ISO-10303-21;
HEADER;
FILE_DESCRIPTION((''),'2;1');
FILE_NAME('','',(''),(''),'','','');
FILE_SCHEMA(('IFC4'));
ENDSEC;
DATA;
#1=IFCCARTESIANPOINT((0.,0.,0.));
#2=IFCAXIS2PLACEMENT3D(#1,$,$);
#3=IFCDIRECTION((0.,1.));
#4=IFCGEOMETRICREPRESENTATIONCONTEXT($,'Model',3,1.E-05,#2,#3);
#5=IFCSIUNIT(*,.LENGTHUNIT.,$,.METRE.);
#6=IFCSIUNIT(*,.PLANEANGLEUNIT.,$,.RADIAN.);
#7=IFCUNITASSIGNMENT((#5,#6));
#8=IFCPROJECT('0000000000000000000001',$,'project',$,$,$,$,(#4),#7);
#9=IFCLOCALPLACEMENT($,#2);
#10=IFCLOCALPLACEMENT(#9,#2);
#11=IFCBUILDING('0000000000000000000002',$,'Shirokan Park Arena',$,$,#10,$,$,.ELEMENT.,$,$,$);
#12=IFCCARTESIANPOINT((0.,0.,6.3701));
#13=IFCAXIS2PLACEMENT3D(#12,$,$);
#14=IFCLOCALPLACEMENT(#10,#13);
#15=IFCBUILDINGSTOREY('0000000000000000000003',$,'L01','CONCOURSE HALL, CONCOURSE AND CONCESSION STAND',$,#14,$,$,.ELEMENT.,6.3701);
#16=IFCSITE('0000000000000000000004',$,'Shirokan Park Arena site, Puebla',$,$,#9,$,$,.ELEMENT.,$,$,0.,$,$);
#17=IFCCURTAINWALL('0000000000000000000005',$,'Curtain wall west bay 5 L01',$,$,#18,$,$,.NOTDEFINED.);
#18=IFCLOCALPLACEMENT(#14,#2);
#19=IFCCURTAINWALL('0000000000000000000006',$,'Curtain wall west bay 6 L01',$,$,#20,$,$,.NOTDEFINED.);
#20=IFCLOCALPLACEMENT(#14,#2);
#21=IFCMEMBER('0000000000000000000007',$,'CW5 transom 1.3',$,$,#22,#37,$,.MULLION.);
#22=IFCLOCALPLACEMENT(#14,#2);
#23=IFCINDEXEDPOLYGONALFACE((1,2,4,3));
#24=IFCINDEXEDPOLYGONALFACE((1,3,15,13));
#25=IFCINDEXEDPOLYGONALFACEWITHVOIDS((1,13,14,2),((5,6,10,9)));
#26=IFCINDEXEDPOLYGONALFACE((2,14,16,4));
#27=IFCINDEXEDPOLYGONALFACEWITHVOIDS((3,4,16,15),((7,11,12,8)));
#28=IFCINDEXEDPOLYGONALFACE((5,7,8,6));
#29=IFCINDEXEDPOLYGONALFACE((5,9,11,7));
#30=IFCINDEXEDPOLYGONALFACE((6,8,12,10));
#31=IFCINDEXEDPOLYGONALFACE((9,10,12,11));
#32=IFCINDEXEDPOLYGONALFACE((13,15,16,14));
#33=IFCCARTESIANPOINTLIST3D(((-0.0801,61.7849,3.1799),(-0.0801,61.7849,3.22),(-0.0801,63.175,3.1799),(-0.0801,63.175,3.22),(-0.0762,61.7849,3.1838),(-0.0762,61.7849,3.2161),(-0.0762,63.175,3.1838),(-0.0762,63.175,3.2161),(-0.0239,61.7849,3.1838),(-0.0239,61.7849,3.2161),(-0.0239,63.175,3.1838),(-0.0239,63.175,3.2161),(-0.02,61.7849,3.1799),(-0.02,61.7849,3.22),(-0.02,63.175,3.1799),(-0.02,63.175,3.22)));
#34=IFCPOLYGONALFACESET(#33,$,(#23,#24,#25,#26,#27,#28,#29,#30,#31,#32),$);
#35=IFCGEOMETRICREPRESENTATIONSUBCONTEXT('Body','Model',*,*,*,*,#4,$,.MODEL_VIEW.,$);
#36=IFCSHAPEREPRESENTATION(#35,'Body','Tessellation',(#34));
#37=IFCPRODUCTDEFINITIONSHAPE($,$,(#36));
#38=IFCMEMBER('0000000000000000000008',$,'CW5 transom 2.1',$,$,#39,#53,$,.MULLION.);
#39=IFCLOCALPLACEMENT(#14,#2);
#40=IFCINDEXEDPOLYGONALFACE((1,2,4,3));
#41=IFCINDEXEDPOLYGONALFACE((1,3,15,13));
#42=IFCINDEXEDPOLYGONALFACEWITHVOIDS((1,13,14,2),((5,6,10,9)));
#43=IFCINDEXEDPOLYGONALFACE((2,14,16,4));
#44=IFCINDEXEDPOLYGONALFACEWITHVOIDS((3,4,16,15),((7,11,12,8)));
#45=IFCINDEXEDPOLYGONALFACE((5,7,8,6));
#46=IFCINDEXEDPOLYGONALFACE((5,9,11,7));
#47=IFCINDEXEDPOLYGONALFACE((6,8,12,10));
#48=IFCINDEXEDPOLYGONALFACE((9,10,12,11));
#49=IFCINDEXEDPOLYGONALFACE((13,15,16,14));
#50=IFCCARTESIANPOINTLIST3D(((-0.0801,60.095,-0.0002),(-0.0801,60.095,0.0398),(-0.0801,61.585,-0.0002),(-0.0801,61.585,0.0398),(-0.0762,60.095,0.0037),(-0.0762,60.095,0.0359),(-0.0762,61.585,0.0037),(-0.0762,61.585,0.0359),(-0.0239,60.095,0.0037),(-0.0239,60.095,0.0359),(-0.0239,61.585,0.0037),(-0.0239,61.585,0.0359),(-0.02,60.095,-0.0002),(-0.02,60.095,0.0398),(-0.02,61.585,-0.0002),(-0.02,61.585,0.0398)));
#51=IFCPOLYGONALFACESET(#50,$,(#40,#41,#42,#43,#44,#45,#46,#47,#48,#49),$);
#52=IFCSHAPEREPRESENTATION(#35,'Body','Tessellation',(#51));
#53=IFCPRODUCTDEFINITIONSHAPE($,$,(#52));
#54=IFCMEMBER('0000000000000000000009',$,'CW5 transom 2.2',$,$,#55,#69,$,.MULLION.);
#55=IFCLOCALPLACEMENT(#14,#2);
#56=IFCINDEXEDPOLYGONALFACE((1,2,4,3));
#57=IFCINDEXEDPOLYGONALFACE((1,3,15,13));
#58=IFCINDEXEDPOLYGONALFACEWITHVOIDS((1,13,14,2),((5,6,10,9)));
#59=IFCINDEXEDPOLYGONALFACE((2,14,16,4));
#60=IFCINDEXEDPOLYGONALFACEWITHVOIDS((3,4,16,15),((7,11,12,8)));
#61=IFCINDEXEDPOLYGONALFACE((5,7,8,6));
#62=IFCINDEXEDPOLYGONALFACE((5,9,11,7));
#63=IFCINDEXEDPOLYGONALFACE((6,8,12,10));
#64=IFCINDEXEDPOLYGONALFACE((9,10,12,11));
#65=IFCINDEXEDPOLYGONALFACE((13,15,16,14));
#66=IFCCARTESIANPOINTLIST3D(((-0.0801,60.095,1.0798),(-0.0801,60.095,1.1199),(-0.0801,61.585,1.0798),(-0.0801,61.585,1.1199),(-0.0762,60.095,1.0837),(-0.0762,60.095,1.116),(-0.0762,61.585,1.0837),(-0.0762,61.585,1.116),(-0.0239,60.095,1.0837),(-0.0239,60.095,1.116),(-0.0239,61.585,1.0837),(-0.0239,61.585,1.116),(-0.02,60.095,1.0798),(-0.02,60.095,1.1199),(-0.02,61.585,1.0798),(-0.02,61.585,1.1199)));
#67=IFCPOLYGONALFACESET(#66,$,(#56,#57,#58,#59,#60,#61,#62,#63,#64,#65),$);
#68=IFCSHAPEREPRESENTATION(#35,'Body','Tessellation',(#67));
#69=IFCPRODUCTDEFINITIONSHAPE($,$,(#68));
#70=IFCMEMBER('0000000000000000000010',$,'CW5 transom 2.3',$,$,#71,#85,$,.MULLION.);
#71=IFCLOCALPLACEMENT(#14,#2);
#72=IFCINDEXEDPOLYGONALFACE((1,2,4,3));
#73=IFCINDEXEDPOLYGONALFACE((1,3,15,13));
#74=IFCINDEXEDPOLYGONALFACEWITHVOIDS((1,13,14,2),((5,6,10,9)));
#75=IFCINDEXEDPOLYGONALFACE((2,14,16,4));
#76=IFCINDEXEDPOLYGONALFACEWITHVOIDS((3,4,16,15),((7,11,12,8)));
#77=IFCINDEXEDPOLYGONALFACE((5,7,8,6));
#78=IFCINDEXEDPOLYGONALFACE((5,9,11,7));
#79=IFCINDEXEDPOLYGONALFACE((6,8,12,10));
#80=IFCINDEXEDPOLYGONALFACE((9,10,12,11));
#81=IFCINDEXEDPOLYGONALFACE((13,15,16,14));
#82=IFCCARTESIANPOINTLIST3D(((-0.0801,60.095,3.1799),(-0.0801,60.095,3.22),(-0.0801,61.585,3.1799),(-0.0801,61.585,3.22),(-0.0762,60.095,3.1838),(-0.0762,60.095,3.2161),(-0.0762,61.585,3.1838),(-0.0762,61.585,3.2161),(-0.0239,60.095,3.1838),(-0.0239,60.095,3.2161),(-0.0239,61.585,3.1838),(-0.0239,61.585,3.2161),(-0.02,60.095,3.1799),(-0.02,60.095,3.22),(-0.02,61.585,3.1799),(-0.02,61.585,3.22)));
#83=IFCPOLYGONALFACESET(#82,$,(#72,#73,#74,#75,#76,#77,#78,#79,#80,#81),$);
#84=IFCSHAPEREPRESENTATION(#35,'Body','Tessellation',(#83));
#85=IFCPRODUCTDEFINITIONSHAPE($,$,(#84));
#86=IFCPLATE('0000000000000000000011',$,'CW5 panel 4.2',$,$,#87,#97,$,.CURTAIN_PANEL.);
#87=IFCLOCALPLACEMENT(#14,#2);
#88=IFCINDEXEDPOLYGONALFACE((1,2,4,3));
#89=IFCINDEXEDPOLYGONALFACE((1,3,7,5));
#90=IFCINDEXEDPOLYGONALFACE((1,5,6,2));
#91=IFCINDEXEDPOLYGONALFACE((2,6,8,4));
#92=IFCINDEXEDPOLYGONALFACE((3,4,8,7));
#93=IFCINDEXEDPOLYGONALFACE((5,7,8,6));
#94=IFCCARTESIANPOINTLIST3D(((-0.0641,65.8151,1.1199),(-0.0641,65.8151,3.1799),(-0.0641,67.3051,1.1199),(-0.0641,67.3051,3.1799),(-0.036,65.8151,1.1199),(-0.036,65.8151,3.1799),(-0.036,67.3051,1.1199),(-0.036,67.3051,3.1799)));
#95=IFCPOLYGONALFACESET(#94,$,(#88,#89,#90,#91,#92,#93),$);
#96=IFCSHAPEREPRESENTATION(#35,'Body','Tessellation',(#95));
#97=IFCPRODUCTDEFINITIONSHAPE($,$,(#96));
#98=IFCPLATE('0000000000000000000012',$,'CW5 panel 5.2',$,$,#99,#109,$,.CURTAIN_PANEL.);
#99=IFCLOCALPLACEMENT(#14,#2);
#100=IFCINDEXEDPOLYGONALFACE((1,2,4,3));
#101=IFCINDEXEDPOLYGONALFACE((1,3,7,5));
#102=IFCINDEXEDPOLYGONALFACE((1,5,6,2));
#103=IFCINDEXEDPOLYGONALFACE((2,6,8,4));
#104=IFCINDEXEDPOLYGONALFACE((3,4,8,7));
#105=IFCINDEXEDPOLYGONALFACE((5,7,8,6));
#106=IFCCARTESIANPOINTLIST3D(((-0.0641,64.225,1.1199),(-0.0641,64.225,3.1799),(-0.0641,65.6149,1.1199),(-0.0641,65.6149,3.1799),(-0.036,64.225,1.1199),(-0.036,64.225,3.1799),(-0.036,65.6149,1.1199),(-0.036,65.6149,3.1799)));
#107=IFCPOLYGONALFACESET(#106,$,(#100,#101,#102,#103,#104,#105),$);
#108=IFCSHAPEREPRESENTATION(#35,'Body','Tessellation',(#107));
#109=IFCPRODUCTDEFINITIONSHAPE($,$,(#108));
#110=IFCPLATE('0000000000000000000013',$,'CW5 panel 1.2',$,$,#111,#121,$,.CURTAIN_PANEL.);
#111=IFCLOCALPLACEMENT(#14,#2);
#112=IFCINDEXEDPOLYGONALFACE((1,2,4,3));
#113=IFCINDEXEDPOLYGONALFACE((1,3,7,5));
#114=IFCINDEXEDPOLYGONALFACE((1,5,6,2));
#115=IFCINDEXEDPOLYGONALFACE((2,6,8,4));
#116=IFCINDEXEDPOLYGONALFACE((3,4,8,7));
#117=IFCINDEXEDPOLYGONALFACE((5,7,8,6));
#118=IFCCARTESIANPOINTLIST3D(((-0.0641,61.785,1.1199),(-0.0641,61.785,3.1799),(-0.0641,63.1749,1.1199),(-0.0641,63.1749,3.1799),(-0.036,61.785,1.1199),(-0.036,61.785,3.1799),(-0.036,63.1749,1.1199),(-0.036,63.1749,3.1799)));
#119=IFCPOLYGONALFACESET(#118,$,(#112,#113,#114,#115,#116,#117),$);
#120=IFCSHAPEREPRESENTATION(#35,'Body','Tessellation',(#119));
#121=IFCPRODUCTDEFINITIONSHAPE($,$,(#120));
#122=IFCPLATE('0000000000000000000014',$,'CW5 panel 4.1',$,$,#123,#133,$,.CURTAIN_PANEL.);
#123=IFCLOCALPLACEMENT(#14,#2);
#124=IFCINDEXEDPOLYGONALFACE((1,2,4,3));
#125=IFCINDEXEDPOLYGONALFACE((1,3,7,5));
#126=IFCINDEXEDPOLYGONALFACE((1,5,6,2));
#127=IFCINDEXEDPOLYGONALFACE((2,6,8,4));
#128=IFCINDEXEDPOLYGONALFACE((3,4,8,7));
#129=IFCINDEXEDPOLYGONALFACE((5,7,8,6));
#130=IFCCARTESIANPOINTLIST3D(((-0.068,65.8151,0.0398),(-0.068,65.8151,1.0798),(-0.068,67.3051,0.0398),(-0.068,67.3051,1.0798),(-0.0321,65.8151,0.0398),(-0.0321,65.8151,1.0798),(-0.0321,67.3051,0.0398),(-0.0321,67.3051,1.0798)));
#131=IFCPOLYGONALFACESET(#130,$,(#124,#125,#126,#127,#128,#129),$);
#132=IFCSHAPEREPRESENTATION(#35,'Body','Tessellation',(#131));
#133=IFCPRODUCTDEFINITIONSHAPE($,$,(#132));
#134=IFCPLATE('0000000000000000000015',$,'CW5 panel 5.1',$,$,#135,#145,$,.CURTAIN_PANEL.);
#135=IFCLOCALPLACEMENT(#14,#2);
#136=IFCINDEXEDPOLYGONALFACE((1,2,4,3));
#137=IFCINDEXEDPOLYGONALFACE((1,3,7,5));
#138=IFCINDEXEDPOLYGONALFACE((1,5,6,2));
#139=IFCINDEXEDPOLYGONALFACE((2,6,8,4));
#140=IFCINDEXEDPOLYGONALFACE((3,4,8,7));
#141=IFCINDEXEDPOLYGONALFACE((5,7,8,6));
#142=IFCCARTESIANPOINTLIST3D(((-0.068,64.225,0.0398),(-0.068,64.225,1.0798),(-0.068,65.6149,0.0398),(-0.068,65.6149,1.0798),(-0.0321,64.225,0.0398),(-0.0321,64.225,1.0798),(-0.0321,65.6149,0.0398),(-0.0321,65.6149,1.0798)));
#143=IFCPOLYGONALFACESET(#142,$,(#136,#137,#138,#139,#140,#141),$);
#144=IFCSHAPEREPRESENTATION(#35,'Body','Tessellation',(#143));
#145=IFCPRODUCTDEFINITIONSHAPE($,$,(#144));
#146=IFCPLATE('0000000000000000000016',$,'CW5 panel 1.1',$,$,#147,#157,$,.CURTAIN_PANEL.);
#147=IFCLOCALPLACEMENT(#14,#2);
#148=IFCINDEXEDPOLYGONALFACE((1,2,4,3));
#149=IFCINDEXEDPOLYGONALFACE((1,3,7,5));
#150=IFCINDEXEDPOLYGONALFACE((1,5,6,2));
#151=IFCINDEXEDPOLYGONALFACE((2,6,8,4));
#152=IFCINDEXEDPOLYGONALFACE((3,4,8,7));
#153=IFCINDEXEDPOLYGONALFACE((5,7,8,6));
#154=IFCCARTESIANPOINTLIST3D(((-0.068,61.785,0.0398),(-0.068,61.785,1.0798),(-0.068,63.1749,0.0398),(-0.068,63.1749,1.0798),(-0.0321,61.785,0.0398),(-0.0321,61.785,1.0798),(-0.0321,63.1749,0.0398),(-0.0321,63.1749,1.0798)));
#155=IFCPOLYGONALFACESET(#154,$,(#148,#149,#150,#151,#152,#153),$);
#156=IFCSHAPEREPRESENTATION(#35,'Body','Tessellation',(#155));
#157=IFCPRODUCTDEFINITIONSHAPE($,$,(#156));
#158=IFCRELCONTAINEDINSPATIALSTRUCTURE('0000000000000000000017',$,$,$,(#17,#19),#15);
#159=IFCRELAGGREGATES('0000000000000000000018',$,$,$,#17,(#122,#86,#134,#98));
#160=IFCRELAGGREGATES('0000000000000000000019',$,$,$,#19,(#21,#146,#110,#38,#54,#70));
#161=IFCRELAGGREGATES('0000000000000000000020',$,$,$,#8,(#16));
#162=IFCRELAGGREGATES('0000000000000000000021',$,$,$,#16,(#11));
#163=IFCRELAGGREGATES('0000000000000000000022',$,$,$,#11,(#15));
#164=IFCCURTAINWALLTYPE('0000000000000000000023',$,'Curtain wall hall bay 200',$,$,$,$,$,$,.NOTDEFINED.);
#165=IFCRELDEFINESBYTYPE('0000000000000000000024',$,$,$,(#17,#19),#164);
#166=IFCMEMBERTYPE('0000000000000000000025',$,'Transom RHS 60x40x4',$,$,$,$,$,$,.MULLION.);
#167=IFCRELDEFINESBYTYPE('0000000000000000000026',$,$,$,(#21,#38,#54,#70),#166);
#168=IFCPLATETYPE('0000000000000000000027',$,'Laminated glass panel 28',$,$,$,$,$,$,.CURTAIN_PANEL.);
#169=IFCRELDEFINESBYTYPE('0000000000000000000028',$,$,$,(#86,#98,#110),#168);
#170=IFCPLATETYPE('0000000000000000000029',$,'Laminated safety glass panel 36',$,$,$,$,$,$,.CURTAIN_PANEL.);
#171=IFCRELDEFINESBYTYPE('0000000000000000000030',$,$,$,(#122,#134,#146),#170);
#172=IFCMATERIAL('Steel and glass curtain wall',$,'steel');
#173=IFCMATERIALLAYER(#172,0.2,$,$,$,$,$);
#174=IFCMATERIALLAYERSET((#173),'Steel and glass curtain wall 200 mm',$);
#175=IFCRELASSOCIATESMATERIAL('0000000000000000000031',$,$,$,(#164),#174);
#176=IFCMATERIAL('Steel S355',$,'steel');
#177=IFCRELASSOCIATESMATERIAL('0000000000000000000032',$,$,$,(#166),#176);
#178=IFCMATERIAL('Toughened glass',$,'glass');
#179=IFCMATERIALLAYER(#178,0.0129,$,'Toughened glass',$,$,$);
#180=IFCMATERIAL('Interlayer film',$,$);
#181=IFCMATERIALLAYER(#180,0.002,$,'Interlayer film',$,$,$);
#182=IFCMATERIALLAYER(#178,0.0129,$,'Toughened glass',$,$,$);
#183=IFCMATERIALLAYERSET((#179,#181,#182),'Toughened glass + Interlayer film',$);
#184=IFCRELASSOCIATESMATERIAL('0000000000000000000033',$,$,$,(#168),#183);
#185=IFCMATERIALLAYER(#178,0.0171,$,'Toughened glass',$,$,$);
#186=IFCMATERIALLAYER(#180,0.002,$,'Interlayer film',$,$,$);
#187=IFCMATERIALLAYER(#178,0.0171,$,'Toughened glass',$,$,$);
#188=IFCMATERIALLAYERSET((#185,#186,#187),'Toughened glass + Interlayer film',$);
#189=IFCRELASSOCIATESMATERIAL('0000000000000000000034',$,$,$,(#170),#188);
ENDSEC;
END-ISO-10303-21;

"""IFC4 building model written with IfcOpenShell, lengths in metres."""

from ifc_helpers import new_model, si_unit, direction, frame, origin, origin_2d, place, context, subcontext, project, spatial, rectangle, hollow_rectangle, extrude, material, layer, layer_set, material_profile, profile_set, type_object, element, aggregate, save


model = new_model("IFC4")

# Units and contexts
model_context = context("Model", 3, precision=1e-05, world=origin(), true_north=direction((0.0, 1.0)))
body_context = subcontext(model_context, "Body", "Model", "MODEL_VIEW")
ifc_project = project(units=[si_unit("LENGTHUNIT", "METRE"), si_unit("PLANEANGLEUNIT", "RADIAN")], contexts=[model_context])

# Site, building, storey
site_placement = place(None, origin())
site = spatial("IfcSite", under=ifc_project, at=site_placement, Name="Shirokan Park Arena site, Puebla", CompositionType="ELEMENT", RefElevation=0.0)
building_placement = place(site_placement, origin())
building = spatial("IfcBuilding", under=site, at=building_placement, Name="Shirokan Park Arena", CompositionType="ELEMENT")
storey_placement = place(building_placement, frame((0.0, 0.0, 6.3701)))
storey = spatial("IfcBuildingStorey", under=building, at=storey_placement, Name="L01", Description="CONCOURSE HALL, CONCOURSE AND CONCESSION STAND", CompositionType="ELEMENT", Elevation=6.3701)

# Curtain walls
ifc_material_1 = material(Name="Steel and glass curtain wall", Category="steel")
ifc_layer_1 = layer(ifc_material_1, 0.2)
ifc_layer_set_1 = layer_set([ifc_layer_1], Name="Steel and glass curtain wall 200 mm")
curtain_wall_type = type_object("IfcCurtainWallType", Name="Curtain wall hall bay 200", PredefinedType="NOTDEFINED", material=ifc_layer_set_1)
curtain_wall_1_placement = place(storey_placement, origin())
curtain_wall_1 = element("IfcCurtainWall", 1, at=curtain_wall_1_placement, inside=storey, type_object=curtain_wall_type, Name="Curtain wall west bay 5 L01", PredefinedType="NOTDEFINED")
ifc_material_2 = material(Name="Steel S355", Category="steel")
curtain_wall_2_placement = place(storey_placement, origin())
curtain_wall_2 = element("IfcCurtainWall", 2, at=curtain_wall_2_placement, inside=storey, type_object=curtain_wall_type, Name="Curtain wall west bay 6 L01", PredefinedType="NOTDEFINED")

# Members
ifc_material_profile_1 = material_profile(ifc_material_2, hollow_rectangle(XDim=0.0601, YDim=0.04, WallThickness=0.0039, at=origin_2d()), Name="RHS 60x40x4")
ifc_profile_set_1 = profile_set([ifc_material_profile_1], Name="Steel S355")
member_type_1 = type_object("IfcMemberType", Name="Transom RHS 60x40x4", PredefinedType="MULLION", material=ifc_profile_set_1)
member_1_placement = place(storey_placement, frame((-0.05, 63.175, 3.2), z_axis=(0.0, -1.0, 0.0), x_axis=(1.0, 0.0, 0.0)))
member_1 = element("IfcMember", 3, at=member_1_placement, type_object=member_type_1, Name="CW5 transom 1.3", PredefinedType="MULLION", context=body_context, shape_type="SweptSolid", body=[
    extrude(hollow_rectangle(XDim=0.0601, YDim=0.04, WallThickness=0.0039, at=origin_2d()), origin(), (0.0, 0.0, 1.0), 1.3901),
])
member_2_placement = place(storey_placement, frame((-0.05, 61.585, 0.0198), z_axis=(0.0, -1.0, 0.0), x_axis=(1.0, 0.0, 0.0)))
member_2 = element("IfcMember", 4, at=member_2_placement, type_object=member_type_1, Name="CW5 transom 2.1", PredefinedType="MULLION", context=body_context, shape_type="SweptSolid", body=[
    extrude(hollow_rectangle(XDim=0.0601, YDim=0.04, WallThickness=0.0039, at=origin_2d()), origin(), (0.0, 0.0, 1.0), 1.49),
])
member_3_placement = place(storey_placement, frame((-0.05, 61.585, 1.0999), z_axis=(0.0, -1.0, 0.0), x_axis=(1.0, 0.0, 0.0)))
member_3 = element("IfcMember", 5, at=member_3_placement, type_object=member_type_1, Name="CW5 transom 2.2", PredefinedType="MULLION", context=body_context, shape_type="SweptSolid", body=[
    extrude(hollow_rectangle(XDim=0.0601, YDim=0.04, WallThickness=0.0039, at=origin_2d()), origin(), (0.0, 0.0, 1.0), 1.49),
])
member_4_placement = place(storey_placement, frame((-0.05, 61.585, 3.2), z_axis=(0.0, -1.0, 0.0), x_axis=(1.0, 0.0, 0.0)))
member_4 = element("IfcMember", 6, at=member_4_placement, type_object=member_type_1, Name="CW5 transom 2.3", PredefinedType="MULLION", context=body_context, shape_type="SweptSolid", body=[
    extrude(hollow_rectangle(XDim=0.0601, YDim=0.04, WallThickness=0.0039, at=origin_2d()), origin(), (0.0, 0.0, 1.0), 1.49),
])

# Plates
ifc_material_3 = material(Name="Toughened glass", Category="glass")
ifc_layer_2 = layer(ifc_material_3, 0.0129, Name="Toughened glass")
ifc_material_4 = material(Name="Interlayer film")
ifc_layer_3 = layer(ifc_material_4, 0.002, Name="Interlayer film")
ifc_layer_4 = layer(ifc_material_3, 0.0129, Name="Toughened glass")
ifc_layer_set_2 = layer_set([ifc_layer_2, ifc_layer_3, ifc_layer_4], Name="Toughened glass + Interlayer film")
plate_type_1 = type_object("IfcPlateType", Name="Laminated glass panel 28", PredefinedType="CURTAIN_PANEL", material=ifc_layer_set_2)
plate_1_placement = place(storey_placement, frame((-0.05, 66.5601, 1.1199), z_axis=(0.0, 0.0, 1.0), x_axis=(0.0, -1.0, 0.0)))
plate_1 = element("IfcPlate", 7, at=plate_1_placement, type_object=plate_type_1, Name="CW5 panel 4.2", PredefinedType="CURTAIN_PANEL", context=body_context, shape_type="SweptSolid", body=[
    extrude(rectangle(XDim=1.49, YDim=0.0281, at=origin_2d()), origin(), (0.0, 0.0, 1.0), 2.0601),
])
plate_2_placement = place(storey_placement, frame((-0.05, 64.9199, 1.1199), z_axis=(0.0, 0.0, 1.0), x_axis=(0.0, -1.0, 0.0)))
plate_2 = element("IfcPlate", 8, at=plate_2_placement, type_object=plate_type_1, Name="CW5 panel 5.2", PredefinedType="CURTAIN_PANEL", context=body_context, shape_type="SweptSolid", body=[
    extrude(rectangle(XDim=1.3899, YDim=0.0281, at=origin_2d()), origin(), (0.0, 0.0, 1.0), 2.0601),
])
plate_3_placement = place(storey_placement, frame((-0.05, 62.48, 1.1199), z_axis=(0.0, 0.0, 1.0), x_axis=(0.0, -1.0, 0.0)))
plate_3 = element("IfcPlate", 9, at=plate_3_placement, type_object=plate_type_1, Name="CW5 panel 1.2", PredefinedType="CURTAIN_PANEL", context=body_context, shape_type="SweptSolid", body=[
    extrude(rectangle(XDim=1.3899, YDim=0.0281, at=origin_2d()), origin(), (0.0, 0.0, 1.0), 2.0601),
])
ifc_layer_5 = layer(ifc_material_3, 0.0171, Name="Toughened glass")
ifc_layer_6 = layer(ifc_material_4, 0.002, Name="Interlayer film")
ifc_layer_7 = layer(ifc_material_3, 0.0171, Name="Toughened glass")
ifc_layer_set_3 = layer_set([ifc_layer_5, ifc_layer_6, ifc_layer_7], Name="Toughened glass + Interlayer film")
plate_type_2 = type_object("IfcPlateType", Name="Laminated safety glass panel 36", PredefinedType="CURTAIN_PANEL", material=ifc_layer_set_3)
plate_4_placement = place(storey_placement, frame((-0.05, 66.5601, 0.0398), z_axis=(0.0, 0.0, 1.0), x_axis=(0.0, -1.0, 0.0)))
plate_4 = element("IfcPlate", 10, at=plate_4_placement, type_object=plate_type_2, Name="CW5 panel 4.1", PredefinedType="CURTAIN_PANEL", context=body_context, shape_type="SweptSolid", body=[
    extrude(rectangle(XDim=1.49, YDim=0.0359, at=origin_2d()), origin(), (0.0, 0.0, 1.0), 1.04),
])
plate_5_placement = place(storey_placement, frame((-0.05, 64.9199, 0.0398), z_axis=(0.0, 0.0, 1.0), x_axis=(0.0, -1.0, 0.0)))
plate_5 = element("IfcPlate", 11, at=plate_5_placement, type_object=plate_type_2, Name="CW5 panel 5.1", PredefinedType="CURTAIN_PANEL", context=body_context, shape_type="SweptSolid", body=[
    extrude(rectangle(XDim=1.3899, YDim=0.0359, at=origin_2d()), origin(), (0.0, 0.0, 1.0), 1.04),
])
aggregate(curtain_wall_1, [plate_4, plate_1, plate_5, plate_2])
plate_6_placement = place(storey_placement, frame((-0.05, 62.48, 0.0398), z_axis=(0.0, 0.0, 1.0), x_axis=(0.0, -1.0, 0.0)))
plate_6 = element("IfcPlate", 12, at=plate_6_placement, type_object=plate_type_2, Name="CW5 panel 1.1", PredefinedType="CURTAIN_PANEL", context=body_context, shape_type="SweptSolid", body=[
    extrude(rectangle(XDim=1.3899, YDim=0.0359, at=origin_2d()), origin(), (0.0, 0.0, 1.0), 1.04),
])
aggregate(curtain_wall_2, [member_1, plate_6, plate_3, member_2, member_3, member_4])

save(model, "model.ifc")
